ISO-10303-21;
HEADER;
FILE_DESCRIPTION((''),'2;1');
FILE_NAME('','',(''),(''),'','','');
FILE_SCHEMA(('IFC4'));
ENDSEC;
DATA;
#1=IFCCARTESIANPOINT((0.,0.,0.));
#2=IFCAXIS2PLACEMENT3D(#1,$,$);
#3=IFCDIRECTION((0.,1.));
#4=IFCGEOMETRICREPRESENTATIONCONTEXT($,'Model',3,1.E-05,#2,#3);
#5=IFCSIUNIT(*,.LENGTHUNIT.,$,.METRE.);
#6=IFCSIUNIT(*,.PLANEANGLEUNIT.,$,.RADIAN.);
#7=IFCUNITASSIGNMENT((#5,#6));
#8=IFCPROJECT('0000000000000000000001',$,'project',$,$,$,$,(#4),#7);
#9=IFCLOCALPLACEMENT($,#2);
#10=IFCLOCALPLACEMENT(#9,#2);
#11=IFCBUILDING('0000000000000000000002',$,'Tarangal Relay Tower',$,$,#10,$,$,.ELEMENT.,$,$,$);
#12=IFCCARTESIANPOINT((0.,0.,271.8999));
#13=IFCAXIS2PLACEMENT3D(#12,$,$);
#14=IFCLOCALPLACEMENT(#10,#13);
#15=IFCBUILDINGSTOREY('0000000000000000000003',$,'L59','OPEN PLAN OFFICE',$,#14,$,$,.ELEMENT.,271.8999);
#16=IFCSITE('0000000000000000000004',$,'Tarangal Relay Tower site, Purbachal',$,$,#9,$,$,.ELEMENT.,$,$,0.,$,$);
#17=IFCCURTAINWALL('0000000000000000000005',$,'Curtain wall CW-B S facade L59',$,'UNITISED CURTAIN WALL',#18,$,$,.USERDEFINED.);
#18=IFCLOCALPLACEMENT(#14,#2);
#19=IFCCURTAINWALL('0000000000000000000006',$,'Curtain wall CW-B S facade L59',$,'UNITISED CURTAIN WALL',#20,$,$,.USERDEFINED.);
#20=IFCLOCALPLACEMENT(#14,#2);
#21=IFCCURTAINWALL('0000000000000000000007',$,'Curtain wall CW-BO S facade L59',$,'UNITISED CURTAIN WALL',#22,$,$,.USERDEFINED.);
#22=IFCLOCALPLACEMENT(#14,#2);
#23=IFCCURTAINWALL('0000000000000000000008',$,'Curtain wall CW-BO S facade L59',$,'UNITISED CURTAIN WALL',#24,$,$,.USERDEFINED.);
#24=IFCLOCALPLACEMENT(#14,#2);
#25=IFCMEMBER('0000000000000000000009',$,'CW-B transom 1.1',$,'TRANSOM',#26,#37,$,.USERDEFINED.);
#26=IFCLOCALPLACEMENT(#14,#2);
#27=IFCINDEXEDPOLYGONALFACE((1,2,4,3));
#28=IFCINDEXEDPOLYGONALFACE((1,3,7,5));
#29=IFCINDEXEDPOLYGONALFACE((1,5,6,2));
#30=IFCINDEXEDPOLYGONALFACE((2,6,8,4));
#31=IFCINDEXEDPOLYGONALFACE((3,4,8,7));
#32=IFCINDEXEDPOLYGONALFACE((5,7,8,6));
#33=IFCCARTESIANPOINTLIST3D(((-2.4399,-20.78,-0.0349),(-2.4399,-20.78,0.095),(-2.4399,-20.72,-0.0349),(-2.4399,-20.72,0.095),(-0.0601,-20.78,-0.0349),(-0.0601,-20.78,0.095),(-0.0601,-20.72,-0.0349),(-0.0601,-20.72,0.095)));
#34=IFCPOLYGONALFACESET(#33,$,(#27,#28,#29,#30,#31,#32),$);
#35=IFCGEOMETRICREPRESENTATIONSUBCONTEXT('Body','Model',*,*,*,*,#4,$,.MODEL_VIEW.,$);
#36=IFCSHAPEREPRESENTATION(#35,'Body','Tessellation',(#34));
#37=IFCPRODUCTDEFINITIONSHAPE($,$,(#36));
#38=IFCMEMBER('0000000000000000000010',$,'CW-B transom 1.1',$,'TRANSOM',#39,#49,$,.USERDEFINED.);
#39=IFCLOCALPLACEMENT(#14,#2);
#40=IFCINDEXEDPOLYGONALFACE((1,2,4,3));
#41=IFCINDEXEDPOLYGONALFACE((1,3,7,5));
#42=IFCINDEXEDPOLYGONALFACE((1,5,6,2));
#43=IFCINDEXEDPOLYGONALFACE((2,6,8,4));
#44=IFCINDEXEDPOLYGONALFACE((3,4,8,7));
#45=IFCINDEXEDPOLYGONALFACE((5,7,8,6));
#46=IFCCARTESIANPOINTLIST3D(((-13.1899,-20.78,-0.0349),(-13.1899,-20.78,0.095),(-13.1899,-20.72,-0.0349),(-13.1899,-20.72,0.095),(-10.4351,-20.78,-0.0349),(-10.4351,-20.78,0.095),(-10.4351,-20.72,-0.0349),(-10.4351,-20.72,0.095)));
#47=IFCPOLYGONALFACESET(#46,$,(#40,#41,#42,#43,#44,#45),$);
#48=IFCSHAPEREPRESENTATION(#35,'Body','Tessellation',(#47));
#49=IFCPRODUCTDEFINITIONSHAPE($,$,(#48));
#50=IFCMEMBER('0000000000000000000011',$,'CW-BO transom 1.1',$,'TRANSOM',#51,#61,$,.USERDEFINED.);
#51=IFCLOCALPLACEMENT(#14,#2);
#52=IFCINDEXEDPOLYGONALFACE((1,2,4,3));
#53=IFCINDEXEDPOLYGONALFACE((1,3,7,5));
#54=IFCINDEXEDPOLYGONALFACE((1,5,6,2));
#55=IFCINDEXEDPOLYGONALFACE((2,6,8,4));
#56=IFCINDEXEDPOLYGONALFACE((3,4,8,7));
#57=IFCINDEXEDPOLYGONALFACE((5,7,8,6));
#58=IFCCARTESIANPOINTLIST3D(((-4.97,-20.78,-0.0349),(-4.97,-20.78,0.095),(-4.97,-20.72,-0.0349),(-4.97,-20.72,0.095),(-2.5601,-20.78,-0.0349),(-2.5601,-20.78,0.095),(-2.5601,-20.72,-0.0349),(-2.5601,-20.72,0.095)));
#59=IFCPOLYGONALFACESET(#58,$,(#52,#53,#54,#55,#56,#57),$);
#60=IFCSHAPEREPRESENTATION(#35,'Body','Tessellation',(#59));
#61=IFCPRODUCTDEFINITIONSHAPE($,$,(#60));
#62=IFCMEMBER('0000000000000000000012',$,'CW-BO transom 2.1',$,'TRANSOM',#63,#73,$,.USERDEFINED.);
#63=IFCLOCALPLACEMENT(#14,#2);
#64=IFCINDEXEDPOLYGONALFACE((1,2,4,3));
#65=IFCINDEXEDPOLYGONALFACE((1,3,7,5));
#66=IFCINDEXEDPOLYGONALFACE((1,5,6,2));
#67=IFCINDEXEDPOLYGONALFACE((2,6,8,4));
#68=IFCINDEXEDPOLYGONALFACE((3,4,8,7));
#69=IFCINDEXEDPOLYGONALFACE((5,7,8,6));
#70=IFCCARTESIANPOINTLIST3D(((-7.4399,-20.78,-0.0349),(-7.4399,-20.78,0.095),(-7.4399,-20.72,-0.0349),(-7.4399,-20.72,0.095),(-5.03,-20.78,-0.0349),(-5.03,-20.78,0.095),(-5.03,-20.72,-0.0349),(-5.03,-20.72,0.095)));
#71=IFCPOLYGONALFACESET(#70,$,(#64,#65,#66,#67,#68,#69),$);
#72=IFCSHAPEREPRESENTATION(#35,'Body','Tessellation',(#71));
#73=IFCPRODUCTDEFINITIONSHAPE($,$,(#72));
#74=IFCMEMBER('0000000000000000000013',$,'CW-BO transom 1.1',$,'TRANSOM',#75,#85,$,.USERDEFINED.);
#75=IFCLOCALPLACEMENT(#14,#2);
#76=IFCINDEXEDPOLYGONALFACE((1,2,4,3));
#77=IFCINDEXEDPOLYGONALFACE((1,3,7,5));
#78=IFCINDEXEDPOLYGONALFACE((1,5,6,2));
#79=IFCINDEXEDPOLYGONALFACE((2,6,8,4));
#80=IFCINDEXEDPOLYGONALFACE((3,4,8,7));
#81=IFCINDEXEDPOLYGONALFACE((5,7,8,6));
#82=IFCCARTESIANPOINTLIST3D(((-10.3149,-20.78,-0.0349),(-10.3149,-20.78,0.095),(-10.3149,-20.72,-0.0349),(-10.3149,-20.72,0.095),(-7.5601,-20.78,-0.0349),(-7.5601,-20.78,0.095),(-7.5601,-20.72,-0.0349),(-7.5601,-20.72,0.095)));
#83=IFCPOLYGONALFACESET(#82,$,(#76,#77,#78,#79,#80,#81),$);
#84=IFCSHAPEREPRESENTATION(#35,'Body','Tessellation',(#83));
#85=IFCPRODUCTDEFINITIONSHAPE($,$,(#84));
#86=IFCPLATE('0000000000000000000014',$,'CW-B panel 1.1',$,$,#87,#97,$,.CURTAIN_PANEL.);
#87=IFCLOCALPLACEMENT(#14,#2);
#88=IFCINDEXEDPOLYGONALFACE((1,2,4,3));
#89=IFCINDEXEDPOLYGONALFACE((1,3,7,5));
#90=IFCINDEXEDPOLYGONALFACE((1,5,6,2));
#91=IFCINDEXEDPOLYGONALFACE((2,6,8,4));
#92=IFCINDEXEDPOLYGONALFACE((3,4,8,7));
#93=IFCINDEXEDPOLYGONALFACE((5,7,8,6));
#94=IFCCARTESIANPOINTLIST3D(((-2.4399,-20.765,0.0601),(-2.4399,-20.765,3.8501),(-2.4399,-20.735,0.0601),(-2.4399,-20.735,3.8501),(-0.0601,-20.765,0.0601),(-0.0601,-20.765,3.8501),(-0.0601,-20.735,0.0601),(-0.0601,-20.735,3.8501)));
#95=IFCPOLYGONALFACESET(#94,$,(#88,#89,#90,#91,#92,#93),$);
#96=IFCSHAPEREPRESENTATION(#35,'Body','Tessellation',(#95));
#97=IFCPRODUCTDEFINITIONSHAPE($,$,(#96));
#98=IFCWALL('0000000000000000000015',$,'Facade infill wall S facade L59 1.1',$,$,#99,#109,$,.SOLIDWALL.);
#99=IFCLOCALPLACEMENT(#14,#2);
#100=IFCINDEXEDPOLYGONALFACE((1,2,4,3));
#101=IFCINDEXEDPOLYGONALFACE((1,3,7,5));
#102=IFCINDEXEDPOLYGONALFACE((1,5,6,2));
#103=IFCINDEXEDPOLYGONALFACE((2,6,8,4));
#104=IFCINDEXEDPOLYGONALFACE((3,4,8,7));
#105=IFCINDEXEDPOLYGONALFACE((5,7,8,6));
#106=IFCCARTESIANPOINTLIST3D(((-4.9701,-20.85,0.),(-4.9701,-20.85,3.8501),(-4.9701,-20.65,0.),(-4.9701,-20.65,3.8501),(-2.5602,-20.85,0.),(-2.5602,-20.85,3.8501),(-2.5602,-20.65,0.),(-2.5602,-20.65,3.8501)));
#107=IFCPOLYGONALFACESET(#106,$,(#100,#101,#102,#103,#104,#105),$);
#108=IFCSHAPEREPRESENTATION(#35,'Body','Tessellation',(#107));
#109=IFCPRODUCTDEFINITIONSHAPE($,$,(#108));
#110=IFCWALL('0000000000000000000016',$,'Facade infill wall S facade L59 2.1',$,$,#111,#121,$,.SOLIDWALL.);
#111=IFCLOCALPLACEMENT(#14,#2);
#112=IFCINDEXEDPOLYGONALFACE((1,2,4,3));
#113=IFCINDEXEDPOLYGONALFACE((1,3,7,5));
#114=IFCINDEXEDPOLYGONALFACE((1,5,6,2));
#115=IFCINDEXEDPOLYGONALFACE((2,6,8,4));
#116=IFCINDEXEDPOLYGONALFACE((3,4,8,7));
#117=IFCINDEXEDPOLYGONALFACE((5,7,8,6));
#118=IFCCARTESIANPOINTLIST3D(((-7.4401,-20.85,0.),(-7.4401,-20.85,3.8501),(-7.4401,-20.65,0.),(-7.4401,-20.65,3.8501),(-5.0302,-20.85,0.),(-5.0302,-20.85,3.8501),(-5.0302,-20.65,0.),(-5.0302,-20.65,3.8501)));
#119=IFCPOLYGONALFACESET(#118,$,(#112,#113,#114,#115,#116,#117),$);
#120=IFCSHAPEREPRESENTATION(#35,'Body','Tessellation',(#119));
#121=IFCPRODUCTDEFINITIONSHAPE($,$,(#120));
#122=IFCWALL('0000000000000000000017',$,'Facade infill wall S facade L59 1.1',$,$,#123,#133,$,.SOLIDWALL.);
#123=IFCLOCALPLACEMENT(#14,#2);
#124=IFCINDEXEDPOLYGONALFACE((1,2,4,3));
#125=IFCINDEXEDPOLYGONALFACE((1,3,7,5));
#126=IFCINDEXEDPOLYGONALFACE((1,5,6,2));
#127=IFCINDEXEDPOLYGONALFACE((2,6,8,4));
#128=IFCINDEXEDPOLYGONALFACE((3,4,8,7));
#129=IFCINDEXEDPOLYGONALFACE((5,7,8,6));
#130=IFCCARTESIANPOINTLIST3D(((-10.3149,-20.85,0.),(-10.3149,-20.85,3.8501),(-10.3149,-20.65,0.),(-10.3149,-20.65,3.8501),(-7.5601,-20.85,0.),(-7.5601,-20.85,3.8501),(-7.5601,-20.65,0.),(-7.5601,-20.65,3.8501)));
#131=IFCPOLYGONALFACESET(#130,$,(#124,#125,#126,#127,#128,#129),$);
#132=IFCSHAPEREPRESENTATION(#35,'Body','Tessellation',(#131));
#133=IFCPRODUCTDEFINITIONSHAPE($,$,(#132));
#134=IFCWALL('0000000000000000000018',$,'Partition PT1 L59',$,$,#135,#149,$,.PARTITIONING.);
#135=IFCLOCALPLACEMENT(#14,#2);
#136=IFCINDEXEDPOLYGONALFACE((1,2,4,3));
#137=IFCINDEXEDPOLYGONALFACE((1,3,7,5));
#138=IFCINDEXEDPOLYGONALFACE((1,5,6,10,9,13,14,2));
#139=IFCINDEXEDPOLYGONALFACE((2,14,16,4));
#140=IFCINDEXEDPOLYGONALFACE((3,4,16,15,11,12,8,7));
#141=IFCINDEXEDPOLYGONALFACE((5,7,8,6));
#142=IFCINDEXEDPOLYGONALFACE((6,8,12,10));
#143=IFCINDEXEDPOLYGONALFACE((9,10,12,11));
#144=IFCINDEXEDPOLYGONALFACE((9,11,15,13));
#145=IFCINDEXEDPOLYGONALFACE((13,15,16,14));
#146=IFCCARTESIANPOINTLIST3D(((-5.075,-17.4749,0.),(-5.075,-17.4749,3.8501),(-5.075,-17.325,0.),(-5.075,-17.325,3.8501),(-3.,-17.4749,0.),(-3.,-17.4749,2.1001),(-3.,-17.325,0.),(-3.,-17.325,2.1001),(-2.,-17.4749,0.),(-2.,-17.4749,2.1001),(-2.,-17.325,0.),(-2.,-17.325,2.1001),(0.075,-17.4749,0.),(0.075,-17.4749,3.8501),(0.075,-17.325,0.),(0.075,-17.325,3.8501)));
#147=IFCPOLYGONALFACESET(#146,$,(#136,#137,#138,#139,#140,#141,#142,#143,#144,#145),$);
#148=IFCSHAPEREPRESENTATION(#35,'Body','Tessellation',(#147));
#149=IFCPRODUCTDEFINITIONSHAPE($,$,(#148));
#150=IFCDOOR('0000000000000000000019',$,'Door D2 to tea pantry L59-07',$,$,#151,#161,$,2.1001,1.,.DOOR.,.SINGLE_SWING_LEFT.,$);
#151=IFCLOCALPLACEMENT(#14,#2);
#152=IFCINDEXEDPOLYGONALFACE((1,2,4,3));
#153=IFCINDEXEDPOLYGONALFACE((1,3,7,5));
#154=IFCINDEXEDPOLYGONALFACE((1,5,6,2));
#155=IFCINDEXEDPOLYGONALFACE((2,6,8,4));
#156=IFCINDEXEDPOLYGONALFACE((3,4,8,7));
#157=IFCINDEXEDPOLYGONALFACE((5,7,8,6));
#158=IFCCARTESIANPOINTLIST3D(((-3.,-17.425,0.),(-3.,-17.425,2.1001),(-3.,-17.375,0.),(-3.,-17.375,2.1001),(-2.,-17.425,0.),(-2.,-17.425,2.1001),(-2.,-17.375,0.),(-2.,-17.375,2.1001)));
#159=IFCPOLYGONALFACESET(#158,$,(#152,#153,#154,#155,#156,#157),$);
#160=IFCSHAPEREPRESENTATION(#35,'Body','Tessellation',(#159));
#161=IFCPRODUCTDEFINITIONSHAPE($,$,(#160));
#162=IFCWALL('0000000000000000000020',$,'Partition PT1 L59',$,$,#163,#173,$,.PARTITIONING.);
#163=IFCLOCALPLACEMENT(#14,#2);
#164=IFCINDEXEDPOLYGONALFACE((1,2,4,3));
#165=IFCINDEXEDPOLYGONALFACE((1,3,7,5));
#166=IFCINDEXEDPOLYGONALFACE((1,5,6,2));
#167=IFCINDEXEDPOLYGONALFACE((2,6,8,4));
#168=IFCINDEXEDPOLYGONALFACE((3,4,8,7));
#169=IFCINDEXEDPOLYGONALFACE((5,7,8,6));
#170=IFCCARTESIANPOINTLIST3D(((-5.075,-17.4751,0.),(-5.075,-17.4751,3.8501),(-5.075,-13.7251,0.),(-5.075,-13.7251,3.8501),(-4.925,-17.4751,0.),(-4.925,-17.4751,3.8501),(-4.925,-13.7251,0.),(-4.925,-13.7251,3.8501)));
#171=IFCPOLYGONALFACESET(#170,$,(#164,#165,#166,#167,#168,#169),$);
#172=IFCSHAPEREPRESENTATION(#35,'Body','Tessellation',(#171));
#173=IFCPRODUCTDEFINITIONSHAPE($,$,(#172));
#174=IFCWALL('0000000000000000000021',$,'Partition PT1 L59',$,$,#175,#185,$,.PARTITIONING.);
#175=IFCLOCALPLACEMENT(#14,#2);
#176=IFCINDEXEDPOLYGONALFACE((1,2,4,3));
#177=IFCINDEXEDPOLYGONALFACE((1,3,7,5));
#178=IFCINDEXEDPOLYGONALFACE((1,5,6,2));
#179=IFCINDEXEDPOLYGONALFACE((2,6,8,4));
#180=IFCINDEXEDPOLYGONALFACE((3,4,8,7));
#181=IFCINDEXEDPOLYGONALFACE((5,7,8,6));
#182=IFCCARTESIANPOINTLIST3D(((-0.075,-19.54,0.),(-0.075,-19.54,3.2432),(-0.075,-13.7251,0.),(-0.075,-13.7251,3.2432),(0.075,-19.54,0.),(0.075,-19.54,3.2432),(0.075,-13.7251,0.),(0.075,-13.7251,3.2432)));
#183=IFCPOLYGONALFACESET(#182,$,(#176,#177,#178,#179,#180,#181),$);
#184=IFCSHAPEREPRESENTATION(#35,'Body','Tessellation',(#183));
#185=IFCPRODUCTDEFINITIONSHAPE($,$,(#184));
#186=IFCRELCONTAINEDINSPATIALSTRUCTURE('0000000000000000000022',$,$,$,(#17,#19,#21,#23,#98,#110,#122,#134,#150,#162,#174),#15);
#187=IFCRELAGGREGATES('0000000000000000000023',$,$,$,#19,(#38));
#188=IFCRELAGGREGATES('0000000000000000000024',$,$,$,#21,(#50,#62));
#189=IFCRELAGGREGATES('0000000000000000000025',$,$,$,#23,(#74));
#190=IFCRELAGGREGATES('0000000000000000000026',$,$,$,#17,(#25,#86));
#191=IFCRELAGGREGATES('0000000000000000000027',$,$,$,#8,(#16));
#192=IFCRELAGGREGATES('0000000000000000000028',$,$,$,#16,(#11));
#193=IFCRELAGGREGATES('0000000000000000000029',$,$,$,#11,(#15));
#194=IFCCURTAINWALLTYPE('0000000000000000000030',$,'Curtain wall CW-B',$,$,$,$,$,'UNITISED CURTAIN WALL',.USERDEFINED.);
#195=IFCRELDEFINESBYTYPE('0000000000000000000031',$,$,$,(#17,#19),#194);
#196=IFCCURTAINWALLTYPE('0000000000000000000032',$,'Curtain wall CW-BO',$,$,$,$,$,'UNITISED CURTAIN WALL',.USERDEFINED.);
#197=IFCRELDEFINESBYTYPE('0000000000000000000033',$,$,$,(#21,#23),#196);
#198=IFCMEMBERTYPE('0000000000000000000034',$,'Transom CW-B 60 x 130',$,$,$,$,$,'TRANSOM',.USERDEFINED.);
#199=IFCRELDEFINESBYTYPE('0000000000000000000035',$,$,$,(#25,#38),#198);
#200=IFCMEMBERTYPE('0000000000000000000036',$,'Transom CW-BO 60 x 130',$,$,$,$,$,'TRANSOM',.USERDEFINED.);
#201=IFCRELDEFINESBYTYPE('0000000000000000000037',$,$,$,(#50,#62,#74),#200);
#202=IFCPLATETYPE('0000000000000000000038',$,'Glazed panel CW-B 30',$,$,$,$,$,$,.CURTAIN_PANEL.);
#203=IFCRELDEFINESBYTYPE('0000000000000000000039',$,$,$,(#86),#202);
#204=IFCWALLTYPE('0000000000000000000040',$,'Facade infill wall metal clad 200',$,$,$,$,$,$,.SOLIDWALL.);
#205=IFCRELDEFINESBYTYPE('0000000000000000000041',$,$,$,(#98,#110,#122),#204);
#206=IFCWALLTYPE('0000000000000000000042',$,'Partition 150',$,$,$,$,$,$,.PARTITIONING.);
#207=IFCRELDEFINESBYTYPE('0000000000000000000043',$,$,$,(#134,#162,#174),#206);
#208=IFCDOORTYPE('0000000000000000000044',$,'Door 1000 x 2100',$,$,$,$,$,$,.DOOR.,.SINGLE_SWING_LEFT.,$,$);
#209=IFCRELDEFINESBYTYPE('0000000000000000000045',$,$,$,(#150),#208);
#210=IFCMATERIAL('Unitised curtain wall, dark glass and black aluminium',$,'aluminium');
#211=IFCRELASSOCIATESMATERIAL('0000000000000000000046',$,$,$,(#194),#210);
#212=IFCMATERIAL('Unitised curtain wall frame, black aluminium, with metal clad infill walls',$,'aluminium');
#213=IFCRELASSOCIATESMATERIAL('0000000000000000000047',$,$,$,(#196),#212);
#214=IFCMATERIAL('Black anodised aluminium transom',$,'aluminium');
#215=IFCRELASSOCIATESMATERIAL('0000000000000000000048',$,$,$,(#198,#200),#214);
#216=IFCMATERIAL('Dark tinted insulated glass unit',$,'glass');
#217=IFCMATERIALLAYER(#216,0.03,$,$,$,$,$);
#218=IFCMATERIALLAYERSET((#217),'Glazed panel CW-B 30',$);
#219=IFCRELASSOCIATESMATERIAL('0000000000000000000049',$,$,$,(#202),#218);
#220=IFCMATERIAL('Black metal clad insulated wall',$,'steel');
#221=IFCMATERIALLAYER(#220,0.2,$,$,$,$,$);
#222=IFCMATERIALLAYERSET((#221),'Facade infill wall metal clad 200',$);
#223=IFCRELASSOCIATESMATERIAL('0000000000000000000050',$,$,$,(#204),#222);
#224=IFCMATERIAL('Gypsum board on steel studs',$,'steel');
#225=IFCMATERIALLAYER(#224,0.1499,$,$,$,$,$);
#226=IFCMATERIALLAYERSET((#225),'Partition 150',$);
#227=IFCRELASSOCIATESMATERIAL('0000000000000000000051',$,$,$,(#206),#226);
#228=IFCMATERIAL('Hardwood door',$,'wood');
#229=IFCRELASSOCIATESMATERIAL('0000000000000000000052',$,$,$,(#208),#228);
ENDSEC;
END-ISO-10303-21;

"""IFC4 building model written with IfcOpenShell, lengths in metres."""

from ifc_helpers import new_model, si_unit, direction, frame, frame_2d, origin, origin_2d, place, context, subcontext, project, spatial, rectangle, extrude, material, layer, layer_set, material_profile, profile_set, type_object, element, fill, aggregate, save


model = new_model("IFC4")

# Units and contexts
model_context = context("Model", 3, precision=1e-05, world=origin(), true_north=direction((0.0, 1.0)))
body_context = subcontext(model_context, "Body", "Model", "MODEL_VIEW")
ifc_project = project(units=[si_unit("LENGTHUNIT", "METRE"), si_unit("PLANEANGLEUNIT", "RADIAN")], contexts=[model_context])

# Site, building, storey
site_placement = place(None, origin())
site = spatial("IfcSite", under=ifc_project, at=site_placement, Name="Tarangal Relay Tower site, Purbachal", CompositionType="ELEMENT", RefElevation=0.0)
building_placement = place(site_placement, origin())
building = spatial("IfcBuilding", under=site, at=building_placement, Name="Tarangal Relay Tower", CompositionType="ELEMENT")
storey_placement = place(building_placement, frame((0.0, 0.0, 271.8999)))
storey = spatial("IfcBuildingStorey", under=building, at=storey_placement, Name="L59", Description="OPEN PLAN OFFICE", CompositionType="ELEMENT", Elevation=271.8999)

# Curtain wall
ifc_material_1 = material(Name="Unitised curtain wall, dark glass and black aluminium", Category="aluminium")
curtain_wall_type_1 = type_object("IfcCurtainWallType", Name="Curtain wall CW-B", ElementType="UNITISED CURTAIN WALL", PredefinedType="USERDEFINED", material=ifc_material_1)
curtain_wall_1_placement = place(storey_placement, origin())
curtain_wall_1 = element("IfcCurtainWall", 1, at=curtain_wall_1_placement, inside=storey, type_object=curtain_wall_type_1, Name="Curtain wall CW-B S facade L59", ObjectType="UNITISED CURTAIN WALL", PredefinedType="USERDEFINED")

# Curtain wall
curtain_wall_2_placement = place(storey_placement, origin())
curtain_wall_2 = element("IfcCurtainWall", 2, at=curtain_wall_2_placement, inside=storey, type_object=curtain_wall_type_1, Name="Curtain wall CW-B S facade L59", ObjectType="UNITISED CURTAIN WALL", PredefinedType="USERDEFINED")

# Curtain walls
ifc_material_2 = material(Name="Unitised curtain wall frame, black aluminium, with metal clad infill walls", Category="aluminium")
curtain_wall_type_2 = type_object("IfcCurtainWallType", Name="Curtain wall CW-BO", ElementType="UNITISED CURTAIN WALL", PredefinedType="USERDEFINED", material=ifc_material_2)
curtain_wall_3_placement = place(storey_placement, origin())
curtain_wall_3 = element("IfcCurtainWall", 3, at=curtain_wall_3_placement, inside=storey, type_object=curtain_wall_type_2, Name="Curtain wall CW-BO S facade L59", ObjectType="UNITISED CURTAIN WALL", PredefinedType="USERDEFINED")
curtain_wall_4_placement = place(storey_placement, origin())
curtain_wall_4 = element("IfcCurtainWall", 4, at=curtain_wall_4_placement, inside=storey, type_object=curtain_wall_type_2, Name="Curtain wall CW-BO S facade L59", ObjectType="UNITISED CURTAIN WALL", PredefinedType="USERDEFINED")

# Members
ifc_material_3 = material(Name="Black anodised aluminium transom", Category="aluminium")
ifc_material_profile_1 = material_profile(ifc_material_3, rectangle(XDim=0.0601, YDim=0.1299, at=origin_2d()), Name="CW-BT 60X130")
ifc_profile_set_1 = profile_set([ifc_material_profile_1], Name="Black anodised aluminium transom")
member_type_1 = type_object("IfcMemberType", Name="Transom CW-B 60 x 130", ElementType="TRANSOM", PredefinedType="USERDEFINED", material=ifc_profile_set_1)
member_1_placement = place(storey_placement, frame((-0.0601, -20.75, 0.03), z_axis=(-1.0, 0.0, 0.0), x_axis=(0.0, -1.0, 0.0)))
member_1 = element("IfcMember", 5, at=member_1_placement, type_object=member_type_1, Name="CW-B transom 1.1", ObjectType="TRANSOM", PredefinedType="USERDEFINED", context=body_context, shape_type="SweptSolid", body=[
    extrude(rectangle(XDim=0.0601, YDim=0.1299, at=origin_2d()), origin(), (0.0, 0.0, 1.0), 2.3799),
])
member_2_placement = place(storey_placement, frame((-10.4351, -20.75, 0.03), z_axis=(-1.0, 0.0, 0.0), x_axis=(0.0, -1.0, 0.0)))
member_2 = element("IfcMember", 6, at=member_2_placement, type_object=member_type_1, Name="CW-B transom 1.1", ObjectType="TRANSOM", PredefinedType="USERDEFINED", context=body_context, shape_type="SweptSolid", body=[
    extrude(rectangle(XDim=0.0601, YDim=0.1299, at=origin_2d()), origin(), (0.0, 0.0, 1.0), 2.7549),
])
aggregate(curtain_wall_2, [member_2])
ifc_material_profile_2 = material_profile(ifc_material_3, rectangle(XDim=0.0601, YDim=0.1299, at=origin_2d()), Name="CW-BOT 60X130")
ifc_profile_set_2 = profile_set([ifc_material_profile_2], Name="Black anodised aluminium transom")
member_type_2 = type_object("IfcMemberType", Name="Transom CW-BO 60 x 130", ElementType="TRANSOM", PredefinedType="USERDEFINED", material=ifc_profile_set_2)
member_3_placement = place(storey_placement, frame((-2.5601, -20.75, 0.03), z_axis=(-1.0, 0.0, 0.0), x_axis=(0.0, -1.0, 0.0)))
member_3 = element("IfcMember", 7, at=member_3_placement, type_object=member_type_2, Name="CW-BO transom 1.1", ObjectType="TRANSOM", PredefinedType="USERDEFINED", context=body_context, shape_type="SweptSolid", body=[
    extrude(rectangle(XDim=0.0601, YDim=0.1299, at=origin_2d()), origin(), (0.0, 0.0, 1.0), 2.4099),
])
member_4_placement = place(storey_placement, frame((-5.03, -20.75, 0.03), z_axis=(-1.0, 0.0, 0.0), x_axis=(0.0, -1.0, 0.0)))
member_4 = element("IfcMember", 8, at=member_4_placement, type_object=member_type_2, Name="CW-BO transom 2.1", ObjectType="TRANSOM", PredefinedType="USERDEFINED", context=body_context, shape_type="SweptSolid", body=[
    extrude(rectangle(XDim=0.0601, YDim=0.1299, at=origin_2d()), origin(), (0.0, 0.0, 1.0), 2.4099),
])
aggregate(curtain_wall_3, [member_3, member_4])
member_5_placement = place(storey_placement, frame((-7.5601, -20.75, 0.03), z_axis=(-1.0, 0.0, 0.0), x_axis=(0.0, -1.0, 0.0)))
member_5 = element("IfcMember", 9, at=member_5_placement, type_object=member_type_2, Name="CW-BO transom 1.1", ObjectType="TRANSOM", PredefinedType="USERDEFINED", context=body_context, shape_type="SweptSolid", body=[
    extrude(rectangle(XDim=0.0601, YDim=0.1299, at=origin_2d()), origin(), (0.0, 0.0, 1.0), 2.7549),
])
aggregate(curtain_wall_4, [member_5])

# Plate
ifc_material_4 = material(Name="Dark tinted insulated glass unit", Category="glass")
ifc_layer_1 = layer(ifc_material_4, 0.03)
ifc_layer_set_1 = layer_set([ifc_layer_1], Name="Glazed panel CW-B 30")
plate_type = type_object("IfcPlateType", Name="Glazed panel CW-B 30", PredefinedType="CURTAIN_PANEL", material=ifc_layer_set_1)
plate_placement = place(storey_placement, frame((-1.25, -20.75, 0.0601), z_axis=(0.0, 0.0, 1.0), x_axis=(-1.0, 0.0, 0.0)))
plate = element("IfcPlate", 10, at=plate_placement, type_object=plate_type, Name="CW-B panel 1.1", PredefinedType="CURTAIN_PANEL", context=body_context, shape_type="SweptSolid", body=[
    extrude(rectangle(XDim=2.3799, YDim=0.03, at=origin_2d()), origin(), (0.0, 0.0, 1.0), 3.79),
])
aggregate(curtain_wall_1, [member_1, plate])

# Walls
ifc_material_5 = material(Name="Black metal clad insulated wall", Category="steel")
ifc_layer_2 = layer(ifc_material_5, 0.2)
ifc_layer_set_2 = layer_set([ifc_layer_2], Name="Facade infill wall metal clad 200")
wall_type_1 = type_object("IfcWallType", Name="Facade infill wall metal clad 200", PredefinedType="SOLIDWALL", material=ifc_layer_set_2)
for number, where, z_axis, x_axis, name in (
    (11, (-2.5601, -20.75, 0.0), (0.0, 0.0, 1.0), (-1.0, 0.0, 0.0), "Facade infill wall S facade L59 1.1"),
    (12, (-5.03, -20.75, 0.0), (0.0, 0.0, 1.0), (-1.0, 0.0, 0.0), "Facade infill wall S facade L59 2.1"),
):
    element("IfcWall", number, at=place(storey_placement, frame(where, z_axis=z_axis, x_axis=x_axis)), inside=storey, type_object=wall_type_1, Name=name, PredefinedType="SOLIDWALL", context=body_context, shape_type="SweptSolid", body=[
        extrude(rectangle(XDim=2.4099, YDim=0.2, at=frame_2d((1.2051, 0.0))), origin(), (0.0, 0.0, 1.0), 3.8501),
    ])
wall_1_placement = place(storey_placement, frame((-7.5601, -20.75, 0.0), z_axis=(0.0, 0.0, 1.0), x_axis=(-1.0, 0.0, 0.0)))
element("IfcWall", 13, at=wall_1_placement, inside=storey, type_object=wall_type_1, Name="Facade infill wall S facade L59 1.1", PredefinedType="SOLIDWALL", context=body_context, shape_type="SweptSolid", body=[
    extrude(rectangle(XDim=2.7549, YDim=0.2, at=frame_2d((1.3774, 0.0))), origin(), (0.0, 0.0, 1.0), 3.8501),
])

# Wall, opening, door
ifc_material_6 = material(Name="Gypsum board on steel studs", Category="steel")
ifc_layer_3 = layer(ifc_material_6, 0.1499)
ifc_layer_set_3 = layer_set([ifc_layer_3], Name="Partition 150")
wall_type_2 = type_object("IfcWallType", Name="Partition 150", PredefinedType="PARTITIONING", material=ifc_layer_set_3)
wall_2_placement = place(storey_placement, frame((-5.075, -17.3999, 0.0), z_axis=(0.0, 0.0, 1.0), x_axis=(1.0, 0.0, 0.0)))
wall_2 = element("IfcWall", 14, at=wall_2_placement, inside=storey, type_object=wall_type_2, Name="Partition PT1 L59", PredefinedType="PARTITIONING", context=body_context, shape_type="SweptSolid", body=[
    extrude(rectangle(XDim=5.1499, YDim=0.1499, at=frame_2d((2.575, 0.0))), origin(), (0.0, 0.0, 1.0), 3.8501),
])
opening_placement = place(wall_2_placement, frame((2.075, 0.0, 0.0)))
opening = element("IfcOpeningElement", 15, at=opening_placement, cuts=wall_2, PredefinedType="OPENING", context=body_context, shape_type="SweptSolid", body=[
    extrude(rectangle(XDim=1.0, YDim=2.1001, at=frame_2d((0.5, 1.05))), frame((0.0, 0.085, 0.0), z_axis=(0.0, -1.0, 0.0), x_axis=(1.0, 0.0, 0.0)), (0.0, 0.0, 1.0), 0.1699),
])
ifc_material_7 = material(Name="Hardwood door", Category="wood")
door_type = type_object("IfcDoorType", Name="Door 1000 x 2100", OperationType="SINGLE_SWING_LEFT", PredefinedType="DOOR", material=ifc_material_7)
door_placement = place(opening_placement, origin())
door = element("IfcDoor", 16, at=door_placement, inside=storey, type_object=door_type, Name="Door D2 to tea pantry L59-07", OperationType="SINGLE_SWING_LEFT", OverallHeight=2.1001, OverallWidth=1.0, PredefinedType="DOOR", context=body_context, shape_type="SweptSolid", body=[
    extrude(rectangle(XDim=1.0, YDim=2.1001, at=frame_2d((0.5, 1.05))), frame((0.0, 0.0249, 0.0), z_axis=(0.0, -1.0, 0.0), x_axis=(1.0, 0.0, 0.0)), (0.0, 0.0, 1.0), 0.05),
])
fill(opening, door)

# Walls
wall_3_placement = place(storey_placement, frame((-5.0, -17.4751, 0.0), z_axis=(0.0, 0.0, 1.0), x_axis=(0.0, 1.0, 0.0)))
element("IfcWall", 17, at=wall_3_placement, inside=storey, type_object=wall_type_2, Name="Partition PT1 L59", PredefinedType="PARTITIONING", context=body_context, shape_type="SweptSolid", body=[
    extrude(rectangle(XDim=3.75, YDim=0.1499, at=frame_2d((1.875, 0.0))), origin(), (0.0, 0.0, 1.0), 3.8501),
])
wall_4_placement = place(storey_placement, frame((0.0, -19.54, 0.0), z_axis=(0.0, 0.0, 1.0), x_axis=(0.0, 1.0, 0.0)))
element("IfcWall", 18, at=wall_4_placement, inside=storey, type_object=wall_type_2, Name="Partition PT1 L59", PredefinedType="PARTITIONING", context=body_context, shape_type="SweptSolid", body=[
    extrude(rectangle(XDim=5.8149, YDim=0.1499, at=frame_2d((2.9075, 0.0))), origin(), (0.0, 0.0, 1.0), 3.2432),
])

save(model, "model.ifc")
